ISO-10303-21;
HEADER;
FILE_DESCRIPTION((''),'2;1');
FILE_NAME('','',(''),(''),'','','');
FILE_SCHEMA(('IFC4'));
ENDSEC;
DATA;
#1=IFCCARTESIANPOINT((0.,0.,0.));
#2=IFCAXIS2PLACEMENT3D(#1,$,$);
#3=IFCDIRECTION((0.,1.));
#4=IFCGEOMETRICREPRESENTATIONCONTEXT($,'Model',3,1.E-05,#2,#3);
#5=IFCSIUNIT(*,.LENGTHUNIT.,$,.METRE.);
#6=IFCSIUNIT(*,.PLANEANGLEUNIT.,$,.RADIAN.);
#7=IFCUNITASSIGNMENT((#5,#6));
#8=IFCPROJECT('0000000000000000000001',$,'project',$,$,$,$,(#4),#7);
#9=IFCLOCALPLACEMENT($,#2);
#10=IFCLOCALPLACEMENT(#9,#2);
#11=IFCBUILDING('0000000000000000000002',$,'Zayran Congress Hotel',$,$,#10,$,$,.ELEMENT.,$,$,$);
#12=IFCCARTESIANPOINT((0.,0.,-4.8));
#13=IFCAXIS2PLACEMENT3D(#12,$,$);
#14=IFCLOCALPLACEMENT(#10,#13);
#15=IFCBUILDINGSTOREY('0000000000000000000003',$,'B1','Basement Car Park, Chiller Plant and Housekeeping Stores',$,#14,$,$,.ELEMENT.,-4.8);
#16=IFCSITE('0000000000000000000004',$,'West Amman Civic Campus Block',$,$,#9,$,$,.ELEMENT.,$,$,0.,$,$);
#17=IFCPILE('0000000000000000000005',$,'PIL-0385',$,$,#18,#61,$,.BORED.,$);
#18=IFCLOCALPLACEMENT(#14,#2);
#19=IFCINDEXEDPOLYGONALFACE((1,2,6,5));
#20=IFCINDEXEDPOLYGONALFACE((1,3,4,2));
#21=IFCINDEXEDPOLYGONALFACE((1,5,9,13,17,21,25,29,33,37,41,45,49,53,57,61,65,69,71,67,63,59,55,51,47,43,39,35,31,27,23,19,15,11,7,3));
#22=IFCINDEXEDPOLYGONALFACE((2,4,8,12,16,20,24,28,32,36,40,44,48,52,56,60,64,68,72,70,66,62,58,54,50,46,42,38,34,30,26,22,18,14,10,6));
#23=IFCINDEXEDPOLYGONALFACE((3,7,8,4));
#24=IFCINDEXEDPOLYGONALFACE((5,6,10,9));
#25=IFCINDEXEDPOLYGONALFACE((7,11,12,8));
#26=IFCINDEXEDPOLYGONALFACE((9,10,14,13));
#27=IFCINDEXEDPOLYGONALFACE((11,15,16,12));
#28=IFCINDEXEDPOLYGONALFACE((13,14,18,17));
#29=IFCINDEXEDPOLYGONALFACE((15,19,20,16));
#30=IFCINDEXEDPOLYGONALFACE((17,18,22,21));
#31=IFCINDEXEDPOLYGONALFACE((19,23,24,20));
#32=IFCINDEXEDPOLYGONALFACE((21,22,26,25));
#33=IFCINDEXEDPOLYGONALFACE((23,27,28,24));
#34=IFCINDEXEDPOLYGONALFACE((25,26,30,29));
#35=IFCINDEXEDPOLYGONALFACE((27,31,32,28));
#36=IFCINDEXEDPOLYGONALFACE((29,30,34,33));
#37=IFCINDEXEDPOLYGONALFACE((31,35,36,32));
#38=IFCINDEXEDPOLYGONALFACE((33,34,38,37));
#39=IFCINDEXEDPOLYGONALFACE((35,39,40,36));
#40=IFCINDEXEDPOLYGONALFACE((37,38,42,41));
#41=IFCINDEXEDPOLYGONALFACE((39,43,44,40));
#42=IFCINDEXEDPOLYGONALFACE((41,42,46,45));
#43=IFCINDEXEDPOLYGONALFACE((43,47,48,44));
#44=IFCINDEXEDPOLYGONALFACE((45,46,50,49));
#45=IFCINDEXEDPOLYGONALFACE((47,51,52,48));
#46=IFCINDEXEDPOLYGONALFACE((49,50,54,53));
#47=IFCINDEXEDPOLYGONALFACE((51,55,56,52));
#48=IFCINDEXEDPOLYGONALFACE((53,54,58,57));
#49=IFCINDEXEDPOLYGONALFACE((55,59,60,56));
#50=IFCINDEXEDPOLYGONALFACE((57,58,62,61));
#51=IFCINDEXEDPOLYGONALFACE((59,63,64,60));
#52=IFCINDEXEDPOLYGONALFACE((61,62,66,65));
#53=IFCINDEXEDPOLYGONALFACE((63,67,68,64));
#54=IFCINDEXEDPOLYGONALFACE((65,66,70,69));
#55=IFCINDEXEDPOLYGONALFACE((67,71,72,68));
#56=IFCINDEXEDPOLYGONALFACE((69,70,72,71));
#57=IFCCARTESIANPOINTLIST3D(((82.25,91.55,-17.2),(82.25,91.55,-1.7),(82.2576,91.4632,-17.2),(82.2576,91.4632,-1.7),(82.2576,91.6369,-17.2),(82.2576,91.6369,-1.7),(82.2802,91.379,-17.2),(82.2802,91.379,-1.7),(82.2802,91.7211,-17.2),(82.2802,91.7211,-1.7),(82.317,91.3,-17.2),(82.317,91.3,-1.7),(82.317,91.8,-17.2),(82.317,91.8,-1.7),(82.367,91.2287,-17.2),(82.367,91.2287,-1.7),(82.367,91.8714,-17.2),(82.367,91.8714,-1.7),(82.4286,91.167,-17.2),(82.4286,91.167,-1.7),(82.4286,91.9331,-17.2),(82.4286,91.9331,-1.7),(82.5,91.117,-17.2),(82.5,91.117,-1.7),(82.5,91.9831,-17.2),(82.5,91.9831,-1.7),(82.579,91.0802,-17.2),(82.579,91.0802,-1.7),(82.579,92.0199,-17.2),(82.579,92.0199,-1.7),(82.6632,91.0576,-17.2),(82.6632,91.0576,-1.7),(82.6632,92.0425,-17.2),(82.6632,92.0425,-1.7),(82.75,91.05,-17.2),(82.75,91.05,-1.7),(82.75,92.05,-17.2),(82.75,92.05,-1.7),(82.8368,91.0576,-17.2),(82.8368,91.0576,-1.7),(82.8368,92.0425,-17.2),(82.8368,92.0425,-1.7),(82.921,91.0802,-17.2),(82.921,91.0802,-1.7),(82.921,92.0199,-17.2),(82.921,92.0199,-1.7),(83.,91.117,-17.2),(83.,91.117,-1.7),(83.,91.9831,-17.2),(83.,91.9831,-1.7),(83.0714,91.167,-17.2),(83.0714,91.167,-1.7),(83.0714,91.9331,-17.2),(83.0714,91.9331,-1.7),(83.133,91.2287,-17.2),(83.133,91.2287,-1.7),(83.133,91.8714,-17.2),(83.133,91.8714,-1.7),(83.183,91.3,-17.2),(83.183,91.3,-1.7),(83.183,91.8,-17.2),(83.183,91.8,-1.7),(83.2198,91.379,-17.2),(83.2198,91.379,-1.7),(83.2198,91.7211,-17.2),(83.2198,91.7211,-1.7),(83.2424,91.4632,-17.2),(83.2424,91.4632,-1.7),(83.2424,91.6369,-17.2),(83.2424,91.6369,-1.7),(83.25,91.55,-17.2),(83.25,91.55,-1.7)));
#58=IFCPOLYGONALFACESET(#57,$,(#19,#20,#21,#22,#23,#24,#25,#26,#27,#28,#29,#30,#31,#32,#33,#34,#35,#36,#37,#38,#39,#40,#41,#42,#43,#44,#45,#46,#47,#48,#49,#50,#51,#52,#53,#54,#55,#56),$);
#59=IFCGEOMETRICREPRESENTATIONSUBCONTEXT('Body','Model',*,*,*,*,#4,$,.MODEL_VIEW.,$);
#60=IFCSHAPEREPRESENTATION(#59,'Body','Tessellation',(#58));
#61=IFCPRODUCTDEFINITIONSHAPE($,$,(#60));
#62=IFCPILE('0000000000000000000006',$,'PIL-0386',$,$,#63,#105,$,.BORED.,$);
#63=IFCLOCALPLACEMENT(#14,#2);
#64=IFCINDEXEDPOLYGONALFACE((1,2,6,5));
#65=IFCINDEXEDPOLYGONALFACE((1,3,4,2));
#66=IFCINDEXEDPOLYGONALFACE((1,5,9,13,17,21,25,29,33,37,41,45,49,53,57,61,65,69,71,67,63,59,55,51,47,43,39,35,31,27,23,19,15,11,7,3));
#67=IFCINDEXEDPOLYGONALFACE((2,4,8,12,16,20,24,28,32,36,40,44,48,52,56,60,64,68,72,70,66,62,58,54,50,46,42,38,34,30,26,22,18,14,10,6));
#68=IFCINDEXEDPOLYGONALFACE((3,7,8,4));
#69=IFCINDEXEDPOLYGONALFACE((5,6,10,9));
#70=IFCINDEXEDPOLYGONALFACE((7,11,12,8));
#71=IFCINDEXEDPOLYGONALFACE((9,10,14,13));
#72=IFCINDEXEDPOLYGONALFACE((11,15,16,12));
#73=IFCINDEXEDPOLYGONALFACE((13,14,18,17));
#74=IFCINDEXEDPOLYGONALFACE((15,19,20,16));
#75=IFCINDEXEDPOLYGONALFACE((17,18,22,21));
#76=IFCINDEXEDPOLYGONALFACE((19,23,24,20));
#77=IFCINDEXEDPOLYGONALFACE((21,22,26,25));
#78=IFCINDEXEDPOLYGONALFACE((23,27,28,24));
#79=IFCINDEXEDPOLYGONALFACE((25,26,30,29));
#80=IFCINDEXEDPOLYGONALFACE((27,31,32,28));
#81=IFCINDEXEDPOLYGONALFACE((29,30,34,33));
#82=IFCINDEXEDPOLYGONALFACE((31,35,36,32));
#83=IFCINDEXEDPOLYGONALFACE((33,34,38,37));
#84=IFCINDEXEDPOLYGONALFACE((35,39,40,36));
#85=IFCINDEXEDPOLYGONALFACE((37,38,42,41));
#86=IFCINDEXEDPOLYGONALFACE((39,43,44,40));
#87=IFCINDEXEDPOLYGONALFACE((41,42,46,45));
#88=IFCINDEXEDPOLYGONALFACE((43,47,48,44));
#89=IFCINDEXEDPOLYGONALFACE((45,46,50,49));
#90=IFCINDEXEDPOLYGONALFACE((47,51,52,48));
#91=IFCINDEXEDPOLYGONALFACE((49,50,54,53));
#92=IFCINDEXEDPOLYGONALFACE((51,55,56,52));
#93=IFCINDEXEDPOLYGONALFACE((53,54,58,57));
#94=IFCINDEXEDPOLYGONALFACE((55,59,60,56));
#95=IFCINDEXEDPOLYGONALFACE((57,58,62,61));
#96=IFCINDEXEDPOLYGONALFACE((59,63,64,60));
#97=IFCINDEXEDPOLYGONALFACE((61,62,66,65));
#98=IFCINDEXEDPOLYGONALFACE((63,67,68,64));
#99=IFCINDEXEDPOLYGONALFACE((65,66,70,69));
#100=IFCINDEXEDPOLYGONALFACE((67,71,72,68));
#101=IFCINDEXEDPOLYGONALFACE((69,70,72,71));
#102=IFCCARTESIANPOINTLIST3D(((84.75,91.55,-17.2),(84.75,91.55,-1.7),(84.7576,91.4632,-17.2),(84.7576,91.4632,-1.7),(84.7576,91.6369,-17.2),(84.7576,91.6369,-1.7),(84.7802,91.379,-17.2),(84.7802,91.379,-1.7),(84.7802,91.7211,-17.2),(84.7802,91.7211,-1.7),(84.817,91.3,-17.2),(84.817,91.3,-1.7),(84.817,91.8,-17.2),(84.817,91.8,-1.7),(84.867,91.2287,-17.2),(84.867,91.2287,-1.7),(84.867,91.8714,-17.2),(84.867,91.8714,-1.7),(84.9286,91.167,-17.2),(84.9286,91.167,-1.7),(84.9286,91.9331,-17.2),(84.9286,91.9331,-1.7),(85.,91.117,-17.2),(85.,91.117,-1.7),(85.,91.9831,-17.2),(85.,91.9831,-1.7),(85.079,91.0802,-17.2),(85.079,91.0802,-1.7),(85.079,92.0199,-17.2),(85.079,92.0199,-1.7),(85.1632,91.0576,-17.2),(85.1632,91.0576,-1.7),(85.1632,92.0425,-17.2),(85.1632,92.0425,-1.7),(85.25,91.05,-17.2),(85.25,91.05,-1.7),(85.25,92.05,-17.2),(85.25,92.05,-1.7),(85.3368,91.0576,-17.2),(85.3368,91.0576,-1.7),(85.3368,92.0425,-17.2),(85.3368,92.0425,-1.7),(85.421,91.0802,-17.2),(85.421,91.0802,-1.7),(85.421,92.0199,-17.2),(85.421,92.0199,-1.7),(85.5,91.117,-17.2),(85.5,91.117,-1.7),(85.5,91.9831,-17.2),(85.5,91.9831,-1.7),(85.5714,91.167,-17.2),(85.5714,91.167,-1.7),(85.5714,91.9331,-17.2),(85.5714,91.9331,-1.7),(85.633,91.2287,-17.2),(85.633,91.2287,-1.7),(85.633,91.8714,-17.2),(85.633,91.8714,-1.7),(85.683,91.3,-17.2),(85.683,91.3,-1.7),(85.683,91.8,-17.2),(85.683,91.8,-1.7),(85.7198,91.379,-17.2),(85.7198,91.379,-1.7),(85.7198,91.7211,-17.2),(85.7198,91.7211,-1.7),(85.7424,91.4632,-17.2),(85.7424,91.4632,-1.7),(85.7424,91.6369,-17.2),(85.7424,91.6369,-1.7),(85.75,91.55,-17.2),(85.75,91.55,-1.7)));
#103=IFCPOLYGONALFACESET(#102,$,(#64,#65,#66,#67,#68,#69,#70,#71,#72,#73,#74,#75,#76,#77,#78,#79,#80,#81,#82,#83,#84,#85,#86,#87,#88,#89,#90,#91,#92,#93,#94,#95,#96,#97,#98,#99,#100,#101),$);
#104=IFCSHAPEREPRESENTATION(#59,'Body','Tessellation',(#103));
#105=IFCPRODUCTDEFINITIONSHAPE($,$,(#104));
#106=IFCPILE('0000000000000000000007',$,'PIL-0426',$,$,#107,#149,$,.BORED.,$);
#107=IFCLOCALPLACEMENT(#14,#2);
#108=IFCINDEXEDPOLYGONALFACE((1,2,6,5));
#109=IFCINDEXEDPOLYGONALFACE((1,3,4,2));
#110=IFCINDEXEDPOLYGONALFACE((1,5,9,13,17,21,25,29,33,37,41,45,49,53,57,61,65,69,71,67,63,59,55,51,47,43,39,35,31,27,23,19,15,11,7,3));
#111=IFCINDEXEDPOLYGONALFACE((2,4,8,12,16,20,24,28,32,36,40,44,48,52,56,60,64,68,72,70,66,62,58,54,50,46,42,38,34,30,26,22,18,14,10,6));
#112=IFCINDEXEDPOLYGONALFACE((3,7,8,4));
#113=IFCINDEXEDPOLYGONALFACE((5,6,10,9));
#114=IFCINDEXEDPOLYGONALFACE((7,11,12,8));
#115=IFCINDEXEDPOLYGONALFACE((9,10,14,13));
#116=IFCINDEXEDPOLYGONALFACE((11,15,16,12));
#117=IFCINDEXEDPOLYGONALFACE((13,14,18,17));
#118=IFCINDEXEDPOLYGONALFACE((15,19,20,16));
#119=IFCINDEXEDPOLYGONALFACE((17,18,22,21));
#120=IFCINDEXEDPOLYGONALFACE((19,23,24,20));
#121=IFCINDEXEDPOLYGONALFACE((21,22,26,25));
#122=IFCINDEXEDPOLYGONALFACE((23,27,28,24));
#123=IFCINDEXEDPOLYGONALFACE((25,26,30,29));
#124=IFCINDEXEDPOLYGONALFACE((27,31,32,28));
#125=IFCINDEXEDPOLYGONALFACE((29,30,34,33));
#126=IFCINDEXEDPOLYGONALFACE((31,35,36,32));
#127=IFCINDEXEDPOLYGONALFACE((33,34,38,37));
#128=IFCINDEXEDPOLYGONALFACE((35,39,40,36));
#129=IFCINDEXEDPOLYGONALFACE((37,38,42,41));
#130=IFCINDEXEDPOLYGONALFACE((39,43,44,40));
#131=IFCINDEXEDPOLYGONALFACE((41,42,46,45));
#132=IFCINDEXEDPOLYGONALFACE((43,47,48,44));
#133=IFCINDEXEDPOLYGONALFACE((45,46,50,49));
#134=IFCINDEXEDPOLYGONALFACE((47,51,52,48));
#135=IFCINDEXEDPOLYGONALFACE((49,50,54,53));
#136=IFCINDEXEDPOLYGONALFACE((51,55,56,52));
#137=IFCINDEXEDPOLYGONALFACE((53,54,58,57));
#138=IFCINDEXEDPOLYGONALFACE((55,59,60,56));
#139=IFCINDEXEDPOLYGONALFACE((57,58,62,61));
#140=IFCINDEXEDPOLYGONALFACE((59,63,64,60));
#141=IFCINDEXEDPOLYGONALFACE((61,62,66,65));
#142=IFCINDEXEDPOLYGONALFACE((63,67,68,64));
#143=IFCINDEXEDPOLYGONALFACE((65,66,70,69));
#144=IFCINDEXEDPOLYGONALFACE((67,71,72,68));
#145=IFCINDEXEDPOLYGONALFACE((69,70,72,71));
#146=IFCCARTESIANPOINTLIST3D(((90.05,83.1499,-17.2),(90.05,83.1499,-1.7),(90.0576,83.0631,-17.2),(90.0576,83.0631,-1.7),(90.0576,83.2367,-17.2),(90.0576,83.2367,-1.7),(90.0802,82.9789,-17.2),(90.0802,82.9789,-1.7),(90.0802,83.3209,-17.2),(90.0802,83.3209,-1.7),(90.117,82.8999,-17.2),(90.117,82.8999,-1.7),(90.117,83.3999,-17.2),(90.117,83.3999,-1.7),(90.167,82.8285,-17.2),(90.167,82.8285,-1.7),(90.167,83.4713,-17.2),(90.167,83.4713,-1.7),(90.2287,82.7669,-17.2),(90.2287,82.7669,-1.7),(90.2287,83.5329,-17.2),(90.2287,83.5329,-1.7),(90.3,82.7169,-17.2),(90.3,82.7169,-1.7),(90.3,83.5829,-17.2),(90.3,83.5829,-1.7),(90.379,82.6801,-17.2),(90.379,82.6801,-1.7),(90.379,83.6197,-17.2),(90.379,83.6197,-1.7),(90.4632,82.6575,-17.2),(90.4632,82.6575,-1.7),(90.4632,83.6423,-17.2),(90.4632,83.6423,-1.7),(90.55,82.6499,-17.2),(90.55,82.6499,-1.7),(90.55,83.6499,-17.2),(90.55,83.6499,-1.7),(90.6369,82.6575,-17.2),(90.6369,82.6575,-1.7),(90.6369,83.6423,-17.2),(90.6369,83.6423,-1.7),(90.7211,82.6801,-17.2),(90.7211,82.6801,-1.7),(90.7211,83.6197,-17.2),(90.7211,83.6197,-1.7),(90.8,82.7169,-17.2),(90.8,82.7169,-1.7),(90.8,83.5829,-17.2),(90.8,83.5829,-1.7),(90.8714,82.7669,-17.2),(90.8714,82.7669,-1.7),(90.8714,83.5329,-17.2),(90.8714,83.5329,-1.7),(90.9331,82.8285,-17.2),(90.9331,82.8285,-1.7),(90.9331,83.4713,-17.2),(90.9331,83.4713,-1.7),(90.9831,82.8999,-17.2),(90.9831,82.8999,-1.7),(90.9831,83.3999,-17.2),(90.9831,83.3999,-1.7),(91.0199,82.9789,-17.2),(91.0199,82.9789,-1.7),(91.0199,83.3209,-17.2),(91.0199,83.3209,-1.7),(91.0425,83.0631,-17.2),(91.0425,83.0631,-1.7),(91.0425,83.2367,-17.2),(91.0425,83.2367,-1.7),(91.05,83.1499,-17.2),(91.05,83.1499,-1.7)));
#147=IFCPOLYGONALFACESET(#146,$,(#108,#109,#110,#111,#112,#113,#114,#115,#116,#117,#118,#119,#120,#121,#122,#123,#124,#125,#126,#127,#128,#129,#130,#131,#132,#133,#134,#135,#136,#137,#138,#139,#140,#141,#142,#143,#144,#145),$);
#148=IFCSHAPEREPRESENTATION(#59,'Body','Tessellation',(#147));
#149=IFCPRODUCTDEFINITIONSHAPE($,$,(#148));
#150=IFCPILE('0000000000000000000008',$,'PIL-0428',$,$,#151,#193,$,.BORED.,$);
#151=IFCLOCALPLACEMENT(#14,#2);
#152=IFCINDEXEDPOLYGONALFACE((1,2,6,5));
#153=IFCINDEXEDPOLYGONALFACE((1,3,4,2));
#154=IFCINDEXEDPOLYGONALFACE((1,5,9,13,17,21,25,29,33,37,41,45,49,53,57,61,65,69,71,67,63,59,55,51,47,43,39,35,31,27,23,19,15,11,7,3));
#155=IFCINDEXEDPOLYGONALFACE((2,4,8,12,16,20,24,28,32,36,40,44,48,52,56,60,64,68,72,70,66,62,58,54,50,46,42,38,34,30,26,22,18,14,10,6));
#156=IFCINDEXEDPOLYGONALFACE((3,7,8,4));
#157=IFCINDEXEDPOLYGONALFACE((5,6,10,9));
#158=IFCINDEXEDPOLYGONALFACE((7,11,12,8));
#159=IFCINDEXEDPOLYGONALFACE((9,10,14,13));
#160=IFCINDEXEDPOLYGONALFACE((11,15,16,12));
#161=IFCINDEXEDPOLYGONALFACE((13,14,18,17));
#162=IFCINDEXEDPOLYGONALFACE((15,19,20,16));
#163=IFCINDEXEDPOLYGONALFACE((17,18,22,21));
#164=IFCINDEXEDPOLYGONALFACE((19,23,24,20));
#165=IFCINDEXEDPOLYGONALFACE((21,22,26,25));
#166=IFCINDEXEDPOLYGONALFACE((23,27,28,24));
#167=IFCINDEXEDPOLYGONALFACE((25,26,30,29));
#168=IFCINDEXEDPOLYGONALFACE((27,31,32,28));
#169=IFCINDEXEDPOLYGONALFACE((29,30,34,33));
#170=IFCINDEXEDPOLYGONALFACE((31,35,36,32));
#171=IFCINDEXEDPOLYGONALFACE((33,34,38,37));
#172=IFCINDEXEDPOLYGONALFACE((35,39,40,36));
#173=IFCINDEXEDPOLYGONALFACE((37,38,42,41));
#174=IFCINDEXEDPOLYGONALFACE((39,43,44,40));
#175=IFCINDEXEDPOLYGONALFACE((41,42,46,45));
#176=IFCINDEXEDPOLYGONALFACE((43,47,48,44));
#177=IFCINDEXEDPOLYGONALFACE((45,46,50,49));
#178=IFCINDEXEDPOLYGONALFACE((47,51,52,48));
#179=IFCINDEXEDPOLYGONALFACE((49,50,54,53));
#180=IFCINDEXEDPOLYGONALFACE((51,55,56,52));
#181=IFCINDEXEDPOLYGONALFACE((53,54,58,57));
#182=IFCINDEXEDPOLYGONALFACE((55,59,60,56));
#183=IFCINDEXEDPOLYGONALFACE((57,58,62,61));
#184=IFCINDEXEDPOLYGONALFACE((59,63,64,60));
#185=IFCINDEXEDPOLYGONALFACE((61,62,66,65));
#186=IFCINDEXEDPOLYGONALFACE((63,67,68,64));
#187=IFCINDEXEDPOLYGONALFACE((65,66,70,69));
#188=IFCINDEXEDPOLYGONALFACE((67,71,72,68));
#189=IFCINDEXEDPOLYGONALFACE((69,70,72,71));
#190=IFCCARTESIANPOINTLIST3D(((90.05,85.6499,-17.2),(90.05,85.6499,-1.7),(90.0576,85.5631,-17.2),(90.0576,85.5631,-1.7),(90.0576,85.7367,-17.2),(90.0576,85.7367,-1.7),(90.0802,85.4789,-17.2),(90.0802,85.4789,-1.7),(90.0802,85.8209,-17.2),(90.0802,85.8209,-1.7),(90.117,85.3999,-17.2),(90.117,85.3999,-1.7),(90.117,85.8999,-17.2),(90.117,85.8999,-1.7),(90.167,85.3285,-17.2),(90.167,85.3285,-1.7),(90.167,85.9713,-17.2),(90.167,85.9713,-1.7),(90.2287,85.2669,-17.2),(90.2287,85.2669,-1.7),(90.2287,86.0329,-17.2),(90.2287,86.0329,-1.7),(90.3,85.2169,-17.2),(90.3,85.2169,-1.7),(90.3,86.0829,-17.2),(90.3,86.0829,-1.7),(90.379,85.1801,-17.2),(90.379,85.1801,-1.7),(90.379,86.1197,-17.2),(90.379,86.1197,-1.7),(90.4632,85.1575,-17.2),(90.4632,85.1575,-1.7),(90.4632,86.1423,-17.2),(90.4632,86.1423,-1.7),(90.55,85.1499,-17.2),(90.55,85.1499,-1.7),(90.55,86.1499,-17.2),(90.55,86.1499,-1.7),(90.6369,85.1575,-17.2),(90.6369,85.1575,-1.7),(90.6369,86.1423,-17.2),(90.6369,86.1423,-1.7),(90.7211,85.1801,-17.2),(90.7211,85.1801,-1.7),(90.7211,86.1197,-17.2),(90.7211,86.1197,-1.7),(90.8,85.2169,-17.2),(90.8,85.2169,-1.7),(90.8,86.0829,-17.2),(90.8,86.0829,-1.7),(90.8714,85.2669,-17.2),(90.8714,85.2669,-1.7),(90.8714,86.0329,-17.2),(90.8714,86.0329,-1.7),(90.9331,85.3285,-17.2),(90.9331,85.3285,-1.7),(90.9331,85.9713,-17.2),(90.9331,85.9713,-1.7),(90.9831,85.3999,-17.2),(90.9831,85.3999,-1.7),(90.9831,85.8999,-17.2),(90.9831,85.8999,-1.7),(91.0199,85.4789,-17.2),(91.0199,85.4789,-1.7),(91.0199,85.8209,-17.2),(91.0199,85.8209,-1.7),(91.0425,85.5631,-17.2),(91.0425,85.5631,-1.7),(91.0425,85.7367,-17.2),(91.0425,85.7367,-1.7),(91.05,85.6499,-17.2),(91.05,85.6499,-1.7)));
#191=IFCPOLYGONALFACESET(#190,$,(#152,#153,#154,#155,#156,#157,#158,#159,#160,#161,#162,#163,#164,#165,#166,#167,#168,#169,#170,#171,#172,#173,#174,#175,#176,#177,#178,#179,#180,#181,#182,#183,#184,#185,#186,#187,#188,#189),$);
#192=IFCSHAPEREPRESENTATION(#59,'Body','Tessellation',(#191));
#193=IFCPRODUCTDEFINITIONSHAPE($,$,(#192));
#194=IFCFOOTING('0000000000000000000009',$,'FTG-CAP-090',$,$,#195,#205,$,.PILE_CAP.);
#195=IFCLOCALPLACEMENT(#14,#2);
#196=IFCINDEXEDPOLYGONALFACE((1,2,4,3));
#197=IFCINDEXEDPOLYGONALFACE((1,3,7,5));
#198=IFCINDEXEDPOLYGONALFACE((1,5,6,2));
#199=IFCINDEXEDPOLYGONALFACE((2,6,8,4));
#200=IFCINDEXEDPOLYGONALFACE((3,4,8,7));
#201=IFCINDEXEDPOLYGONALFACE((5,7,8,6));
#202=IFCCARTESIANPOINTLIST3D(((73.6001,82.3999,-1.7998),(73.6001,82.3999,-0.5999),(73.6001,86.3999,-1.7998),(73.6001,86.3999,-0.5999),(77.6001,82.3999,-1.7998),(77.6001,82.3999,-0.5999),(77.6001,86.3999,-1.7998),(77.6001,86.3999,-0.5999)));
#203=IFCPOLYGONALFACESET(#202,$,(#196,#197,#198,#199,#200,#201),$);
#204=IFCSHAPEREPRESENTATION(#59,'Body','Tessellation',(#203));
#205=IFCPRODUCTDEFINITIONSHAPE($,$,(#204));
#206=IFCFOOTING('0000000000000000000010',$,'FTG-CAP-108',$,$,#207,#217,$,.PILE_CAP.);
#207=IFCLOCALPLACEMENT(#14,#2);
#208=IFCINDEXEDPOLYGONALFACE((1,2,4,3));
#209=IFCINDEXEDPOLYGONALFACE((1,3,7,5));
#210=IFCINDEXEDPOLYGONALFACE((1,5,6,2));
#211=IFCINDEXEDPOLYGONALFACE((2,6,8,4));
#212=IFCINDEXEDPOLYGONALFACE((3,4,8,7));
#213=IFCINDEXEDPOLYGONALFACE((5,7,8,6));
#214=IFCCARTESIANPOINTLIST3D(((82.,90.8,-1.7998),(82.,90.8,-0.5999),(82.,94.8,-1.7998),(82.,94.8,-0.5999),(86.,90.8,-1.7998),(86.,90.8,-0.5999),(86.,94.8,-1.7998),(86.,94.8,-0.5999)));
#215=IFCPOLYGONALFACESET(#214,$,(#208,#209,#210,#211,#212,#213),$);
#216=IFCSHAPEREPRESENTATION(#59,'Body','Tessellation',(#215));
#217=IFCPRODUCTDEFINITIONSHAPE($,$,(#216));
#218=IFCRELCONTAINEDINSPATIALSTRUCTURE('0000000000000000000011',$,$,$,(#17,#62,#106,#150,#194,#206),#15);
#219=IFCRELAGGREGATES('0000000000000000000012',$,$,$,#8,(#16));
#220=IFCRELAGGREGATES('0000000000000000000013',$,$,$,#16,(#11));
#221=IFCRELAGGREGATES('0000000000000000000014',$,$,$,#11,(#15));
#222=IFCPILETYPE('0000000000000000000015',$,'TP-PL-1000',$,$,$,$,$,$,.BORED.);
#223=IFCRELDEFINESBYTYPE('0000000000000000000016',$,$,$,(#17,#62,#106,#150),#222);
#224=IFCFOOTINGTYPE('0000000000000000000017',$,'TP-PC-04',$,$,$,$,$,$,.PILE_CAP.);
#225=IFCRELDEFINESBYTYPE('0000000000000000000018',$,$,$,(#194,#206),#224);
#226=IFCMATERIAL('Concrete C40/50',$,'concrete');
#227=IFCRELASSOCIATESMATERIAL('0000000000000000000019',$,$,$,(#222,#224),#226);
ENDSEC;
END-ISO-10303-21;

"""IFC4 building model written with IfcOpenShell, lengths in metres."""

from ifc_helpers import new_model, si_unit, direction, frame, origin, origin_2d, place, context, subcontext, project, spatial, rectangle, circle, extrude, material, material_profile, profile_set, type_object, element, save


model = new_model("IFC4")

# Units and contexts
model_context = context("Model", 3, precision=1e-05, world=origin(), true_north=direction((0.0, 1.0)))
body_context = subcontext(model_context, "Body", "Model", "MODEL_VIEW")
ifc_project = project(units=[si_unit("LENGTHUNIT", "METRE"), si_unit("PLANEANGLEUNIT", "RADIAN")], contexts=[model_context])

# Site, building, storey
site_placement = place(None, origin())
site = spatial("IfcSite", under=ifc_project, at=site_placement, Name="West Amman Civic Campus Block", CompositionType="ELEMENT", RefElevation=0.0)
building_placement = place(site_placement, origin())
building = spatial("IfcBuilding", under=site, at=building_placement, Name="Zayran Congress Hotel", CompositionType="ELEMENT")
storey_placement = place(building_placement, frame((0.0, 0.0, -4.8)))
storey = spatial("IfcBuildingStorey", under=building, at=storey_placement, Name="B1", Description="Basement Car Park, Chiller Plant and Housekeeping Stores", CompositionType="ELEMENT", Elevation=-4.8)

# Piles
ifc_material_1 = material(Name="Concrete C40/50", Category="concrete")
ifc_material_profile_1 = material_profile(ifc_material_1, circle(Radius=0.5, at=origin_2d()), Name="PILE D1000")
ifc_profile_set_1 = profile_set([ifc_material_profile_1], Name="Concrete C40/50")
pile_type = type_object("IfcPileType", Name="TP-PL-1000", PredefinedType="BORED", material=ifc_profile_set_1)
for number, where, z_axis, x_axis, name in (
    (1, (82.75, 91.55, -1.7), (0.0, 0.0, -1.0), (1.0, 0.0, 0.0), "PIL-0385"),
    (2, (85.25, 91.55, -1.7), (0.0, 0.0, -1.0), (1.0, 0.0, 0.0), "PIL-0386"),
    (3, (90.55, 83.1499, -1.7), (0.0, 0.0, -1.0), (1.0, 0.0, 0.0), "PIL-0426"),
    (4, (90.55, 85.6499, -1.7), (0.0, 0.0, -1.0), (1.0, 0.0, 0.0), "PIL-0428"),
):
    element("IfcPile", number, at=place(storey_placement, frame(where, z_axis=z_axis, x_axis=x_axis)), inside=storey, type_object=pile_type, Name=name, PredefinedType="BORED", context=body_context, shape_type="SweptSolid", body=[
        extrude(circle(Radius=0.5, at=origin_2d()), origin(), (0.0, 0.0, 1.0), 15.5),
    ])

# Footings
footing_type_1 = type_object("IfcFootingType", Name="TP-PC-04", PredefinedType="PILE_CAP", material=ifc_material_1)
for number, where, z_axis, x_axis, name in (
    (5, (75.6001, 84.3999, -1.7998), (0.0, 0.0, 1.0), (1.0, 0.0, 0.0), "FTG-CAP-090"),
    (6, (84.0, 92.8, -1.7998), (0.0, 0.0, 1.0), (1.0, 0.0, 0.0), "FTG-CAP-108"),
):
    element("IfcFooting", number, at=place(storey_placement, frame(where, z_axis=z_axis, x_axis=x_axis)), inside=storey, type_object=footing_type_1, Name=name, PredefinedType="PILE_CAP", context=body_context, shape_type="SweptSolid", body=[
        extrude(rectangle(XDim=4.0, YDim=4.0, at=origin_2d()), origin(), (0.0, 0.0, 1.0), 1.2),
    ])

save(model, "model.ifc")
